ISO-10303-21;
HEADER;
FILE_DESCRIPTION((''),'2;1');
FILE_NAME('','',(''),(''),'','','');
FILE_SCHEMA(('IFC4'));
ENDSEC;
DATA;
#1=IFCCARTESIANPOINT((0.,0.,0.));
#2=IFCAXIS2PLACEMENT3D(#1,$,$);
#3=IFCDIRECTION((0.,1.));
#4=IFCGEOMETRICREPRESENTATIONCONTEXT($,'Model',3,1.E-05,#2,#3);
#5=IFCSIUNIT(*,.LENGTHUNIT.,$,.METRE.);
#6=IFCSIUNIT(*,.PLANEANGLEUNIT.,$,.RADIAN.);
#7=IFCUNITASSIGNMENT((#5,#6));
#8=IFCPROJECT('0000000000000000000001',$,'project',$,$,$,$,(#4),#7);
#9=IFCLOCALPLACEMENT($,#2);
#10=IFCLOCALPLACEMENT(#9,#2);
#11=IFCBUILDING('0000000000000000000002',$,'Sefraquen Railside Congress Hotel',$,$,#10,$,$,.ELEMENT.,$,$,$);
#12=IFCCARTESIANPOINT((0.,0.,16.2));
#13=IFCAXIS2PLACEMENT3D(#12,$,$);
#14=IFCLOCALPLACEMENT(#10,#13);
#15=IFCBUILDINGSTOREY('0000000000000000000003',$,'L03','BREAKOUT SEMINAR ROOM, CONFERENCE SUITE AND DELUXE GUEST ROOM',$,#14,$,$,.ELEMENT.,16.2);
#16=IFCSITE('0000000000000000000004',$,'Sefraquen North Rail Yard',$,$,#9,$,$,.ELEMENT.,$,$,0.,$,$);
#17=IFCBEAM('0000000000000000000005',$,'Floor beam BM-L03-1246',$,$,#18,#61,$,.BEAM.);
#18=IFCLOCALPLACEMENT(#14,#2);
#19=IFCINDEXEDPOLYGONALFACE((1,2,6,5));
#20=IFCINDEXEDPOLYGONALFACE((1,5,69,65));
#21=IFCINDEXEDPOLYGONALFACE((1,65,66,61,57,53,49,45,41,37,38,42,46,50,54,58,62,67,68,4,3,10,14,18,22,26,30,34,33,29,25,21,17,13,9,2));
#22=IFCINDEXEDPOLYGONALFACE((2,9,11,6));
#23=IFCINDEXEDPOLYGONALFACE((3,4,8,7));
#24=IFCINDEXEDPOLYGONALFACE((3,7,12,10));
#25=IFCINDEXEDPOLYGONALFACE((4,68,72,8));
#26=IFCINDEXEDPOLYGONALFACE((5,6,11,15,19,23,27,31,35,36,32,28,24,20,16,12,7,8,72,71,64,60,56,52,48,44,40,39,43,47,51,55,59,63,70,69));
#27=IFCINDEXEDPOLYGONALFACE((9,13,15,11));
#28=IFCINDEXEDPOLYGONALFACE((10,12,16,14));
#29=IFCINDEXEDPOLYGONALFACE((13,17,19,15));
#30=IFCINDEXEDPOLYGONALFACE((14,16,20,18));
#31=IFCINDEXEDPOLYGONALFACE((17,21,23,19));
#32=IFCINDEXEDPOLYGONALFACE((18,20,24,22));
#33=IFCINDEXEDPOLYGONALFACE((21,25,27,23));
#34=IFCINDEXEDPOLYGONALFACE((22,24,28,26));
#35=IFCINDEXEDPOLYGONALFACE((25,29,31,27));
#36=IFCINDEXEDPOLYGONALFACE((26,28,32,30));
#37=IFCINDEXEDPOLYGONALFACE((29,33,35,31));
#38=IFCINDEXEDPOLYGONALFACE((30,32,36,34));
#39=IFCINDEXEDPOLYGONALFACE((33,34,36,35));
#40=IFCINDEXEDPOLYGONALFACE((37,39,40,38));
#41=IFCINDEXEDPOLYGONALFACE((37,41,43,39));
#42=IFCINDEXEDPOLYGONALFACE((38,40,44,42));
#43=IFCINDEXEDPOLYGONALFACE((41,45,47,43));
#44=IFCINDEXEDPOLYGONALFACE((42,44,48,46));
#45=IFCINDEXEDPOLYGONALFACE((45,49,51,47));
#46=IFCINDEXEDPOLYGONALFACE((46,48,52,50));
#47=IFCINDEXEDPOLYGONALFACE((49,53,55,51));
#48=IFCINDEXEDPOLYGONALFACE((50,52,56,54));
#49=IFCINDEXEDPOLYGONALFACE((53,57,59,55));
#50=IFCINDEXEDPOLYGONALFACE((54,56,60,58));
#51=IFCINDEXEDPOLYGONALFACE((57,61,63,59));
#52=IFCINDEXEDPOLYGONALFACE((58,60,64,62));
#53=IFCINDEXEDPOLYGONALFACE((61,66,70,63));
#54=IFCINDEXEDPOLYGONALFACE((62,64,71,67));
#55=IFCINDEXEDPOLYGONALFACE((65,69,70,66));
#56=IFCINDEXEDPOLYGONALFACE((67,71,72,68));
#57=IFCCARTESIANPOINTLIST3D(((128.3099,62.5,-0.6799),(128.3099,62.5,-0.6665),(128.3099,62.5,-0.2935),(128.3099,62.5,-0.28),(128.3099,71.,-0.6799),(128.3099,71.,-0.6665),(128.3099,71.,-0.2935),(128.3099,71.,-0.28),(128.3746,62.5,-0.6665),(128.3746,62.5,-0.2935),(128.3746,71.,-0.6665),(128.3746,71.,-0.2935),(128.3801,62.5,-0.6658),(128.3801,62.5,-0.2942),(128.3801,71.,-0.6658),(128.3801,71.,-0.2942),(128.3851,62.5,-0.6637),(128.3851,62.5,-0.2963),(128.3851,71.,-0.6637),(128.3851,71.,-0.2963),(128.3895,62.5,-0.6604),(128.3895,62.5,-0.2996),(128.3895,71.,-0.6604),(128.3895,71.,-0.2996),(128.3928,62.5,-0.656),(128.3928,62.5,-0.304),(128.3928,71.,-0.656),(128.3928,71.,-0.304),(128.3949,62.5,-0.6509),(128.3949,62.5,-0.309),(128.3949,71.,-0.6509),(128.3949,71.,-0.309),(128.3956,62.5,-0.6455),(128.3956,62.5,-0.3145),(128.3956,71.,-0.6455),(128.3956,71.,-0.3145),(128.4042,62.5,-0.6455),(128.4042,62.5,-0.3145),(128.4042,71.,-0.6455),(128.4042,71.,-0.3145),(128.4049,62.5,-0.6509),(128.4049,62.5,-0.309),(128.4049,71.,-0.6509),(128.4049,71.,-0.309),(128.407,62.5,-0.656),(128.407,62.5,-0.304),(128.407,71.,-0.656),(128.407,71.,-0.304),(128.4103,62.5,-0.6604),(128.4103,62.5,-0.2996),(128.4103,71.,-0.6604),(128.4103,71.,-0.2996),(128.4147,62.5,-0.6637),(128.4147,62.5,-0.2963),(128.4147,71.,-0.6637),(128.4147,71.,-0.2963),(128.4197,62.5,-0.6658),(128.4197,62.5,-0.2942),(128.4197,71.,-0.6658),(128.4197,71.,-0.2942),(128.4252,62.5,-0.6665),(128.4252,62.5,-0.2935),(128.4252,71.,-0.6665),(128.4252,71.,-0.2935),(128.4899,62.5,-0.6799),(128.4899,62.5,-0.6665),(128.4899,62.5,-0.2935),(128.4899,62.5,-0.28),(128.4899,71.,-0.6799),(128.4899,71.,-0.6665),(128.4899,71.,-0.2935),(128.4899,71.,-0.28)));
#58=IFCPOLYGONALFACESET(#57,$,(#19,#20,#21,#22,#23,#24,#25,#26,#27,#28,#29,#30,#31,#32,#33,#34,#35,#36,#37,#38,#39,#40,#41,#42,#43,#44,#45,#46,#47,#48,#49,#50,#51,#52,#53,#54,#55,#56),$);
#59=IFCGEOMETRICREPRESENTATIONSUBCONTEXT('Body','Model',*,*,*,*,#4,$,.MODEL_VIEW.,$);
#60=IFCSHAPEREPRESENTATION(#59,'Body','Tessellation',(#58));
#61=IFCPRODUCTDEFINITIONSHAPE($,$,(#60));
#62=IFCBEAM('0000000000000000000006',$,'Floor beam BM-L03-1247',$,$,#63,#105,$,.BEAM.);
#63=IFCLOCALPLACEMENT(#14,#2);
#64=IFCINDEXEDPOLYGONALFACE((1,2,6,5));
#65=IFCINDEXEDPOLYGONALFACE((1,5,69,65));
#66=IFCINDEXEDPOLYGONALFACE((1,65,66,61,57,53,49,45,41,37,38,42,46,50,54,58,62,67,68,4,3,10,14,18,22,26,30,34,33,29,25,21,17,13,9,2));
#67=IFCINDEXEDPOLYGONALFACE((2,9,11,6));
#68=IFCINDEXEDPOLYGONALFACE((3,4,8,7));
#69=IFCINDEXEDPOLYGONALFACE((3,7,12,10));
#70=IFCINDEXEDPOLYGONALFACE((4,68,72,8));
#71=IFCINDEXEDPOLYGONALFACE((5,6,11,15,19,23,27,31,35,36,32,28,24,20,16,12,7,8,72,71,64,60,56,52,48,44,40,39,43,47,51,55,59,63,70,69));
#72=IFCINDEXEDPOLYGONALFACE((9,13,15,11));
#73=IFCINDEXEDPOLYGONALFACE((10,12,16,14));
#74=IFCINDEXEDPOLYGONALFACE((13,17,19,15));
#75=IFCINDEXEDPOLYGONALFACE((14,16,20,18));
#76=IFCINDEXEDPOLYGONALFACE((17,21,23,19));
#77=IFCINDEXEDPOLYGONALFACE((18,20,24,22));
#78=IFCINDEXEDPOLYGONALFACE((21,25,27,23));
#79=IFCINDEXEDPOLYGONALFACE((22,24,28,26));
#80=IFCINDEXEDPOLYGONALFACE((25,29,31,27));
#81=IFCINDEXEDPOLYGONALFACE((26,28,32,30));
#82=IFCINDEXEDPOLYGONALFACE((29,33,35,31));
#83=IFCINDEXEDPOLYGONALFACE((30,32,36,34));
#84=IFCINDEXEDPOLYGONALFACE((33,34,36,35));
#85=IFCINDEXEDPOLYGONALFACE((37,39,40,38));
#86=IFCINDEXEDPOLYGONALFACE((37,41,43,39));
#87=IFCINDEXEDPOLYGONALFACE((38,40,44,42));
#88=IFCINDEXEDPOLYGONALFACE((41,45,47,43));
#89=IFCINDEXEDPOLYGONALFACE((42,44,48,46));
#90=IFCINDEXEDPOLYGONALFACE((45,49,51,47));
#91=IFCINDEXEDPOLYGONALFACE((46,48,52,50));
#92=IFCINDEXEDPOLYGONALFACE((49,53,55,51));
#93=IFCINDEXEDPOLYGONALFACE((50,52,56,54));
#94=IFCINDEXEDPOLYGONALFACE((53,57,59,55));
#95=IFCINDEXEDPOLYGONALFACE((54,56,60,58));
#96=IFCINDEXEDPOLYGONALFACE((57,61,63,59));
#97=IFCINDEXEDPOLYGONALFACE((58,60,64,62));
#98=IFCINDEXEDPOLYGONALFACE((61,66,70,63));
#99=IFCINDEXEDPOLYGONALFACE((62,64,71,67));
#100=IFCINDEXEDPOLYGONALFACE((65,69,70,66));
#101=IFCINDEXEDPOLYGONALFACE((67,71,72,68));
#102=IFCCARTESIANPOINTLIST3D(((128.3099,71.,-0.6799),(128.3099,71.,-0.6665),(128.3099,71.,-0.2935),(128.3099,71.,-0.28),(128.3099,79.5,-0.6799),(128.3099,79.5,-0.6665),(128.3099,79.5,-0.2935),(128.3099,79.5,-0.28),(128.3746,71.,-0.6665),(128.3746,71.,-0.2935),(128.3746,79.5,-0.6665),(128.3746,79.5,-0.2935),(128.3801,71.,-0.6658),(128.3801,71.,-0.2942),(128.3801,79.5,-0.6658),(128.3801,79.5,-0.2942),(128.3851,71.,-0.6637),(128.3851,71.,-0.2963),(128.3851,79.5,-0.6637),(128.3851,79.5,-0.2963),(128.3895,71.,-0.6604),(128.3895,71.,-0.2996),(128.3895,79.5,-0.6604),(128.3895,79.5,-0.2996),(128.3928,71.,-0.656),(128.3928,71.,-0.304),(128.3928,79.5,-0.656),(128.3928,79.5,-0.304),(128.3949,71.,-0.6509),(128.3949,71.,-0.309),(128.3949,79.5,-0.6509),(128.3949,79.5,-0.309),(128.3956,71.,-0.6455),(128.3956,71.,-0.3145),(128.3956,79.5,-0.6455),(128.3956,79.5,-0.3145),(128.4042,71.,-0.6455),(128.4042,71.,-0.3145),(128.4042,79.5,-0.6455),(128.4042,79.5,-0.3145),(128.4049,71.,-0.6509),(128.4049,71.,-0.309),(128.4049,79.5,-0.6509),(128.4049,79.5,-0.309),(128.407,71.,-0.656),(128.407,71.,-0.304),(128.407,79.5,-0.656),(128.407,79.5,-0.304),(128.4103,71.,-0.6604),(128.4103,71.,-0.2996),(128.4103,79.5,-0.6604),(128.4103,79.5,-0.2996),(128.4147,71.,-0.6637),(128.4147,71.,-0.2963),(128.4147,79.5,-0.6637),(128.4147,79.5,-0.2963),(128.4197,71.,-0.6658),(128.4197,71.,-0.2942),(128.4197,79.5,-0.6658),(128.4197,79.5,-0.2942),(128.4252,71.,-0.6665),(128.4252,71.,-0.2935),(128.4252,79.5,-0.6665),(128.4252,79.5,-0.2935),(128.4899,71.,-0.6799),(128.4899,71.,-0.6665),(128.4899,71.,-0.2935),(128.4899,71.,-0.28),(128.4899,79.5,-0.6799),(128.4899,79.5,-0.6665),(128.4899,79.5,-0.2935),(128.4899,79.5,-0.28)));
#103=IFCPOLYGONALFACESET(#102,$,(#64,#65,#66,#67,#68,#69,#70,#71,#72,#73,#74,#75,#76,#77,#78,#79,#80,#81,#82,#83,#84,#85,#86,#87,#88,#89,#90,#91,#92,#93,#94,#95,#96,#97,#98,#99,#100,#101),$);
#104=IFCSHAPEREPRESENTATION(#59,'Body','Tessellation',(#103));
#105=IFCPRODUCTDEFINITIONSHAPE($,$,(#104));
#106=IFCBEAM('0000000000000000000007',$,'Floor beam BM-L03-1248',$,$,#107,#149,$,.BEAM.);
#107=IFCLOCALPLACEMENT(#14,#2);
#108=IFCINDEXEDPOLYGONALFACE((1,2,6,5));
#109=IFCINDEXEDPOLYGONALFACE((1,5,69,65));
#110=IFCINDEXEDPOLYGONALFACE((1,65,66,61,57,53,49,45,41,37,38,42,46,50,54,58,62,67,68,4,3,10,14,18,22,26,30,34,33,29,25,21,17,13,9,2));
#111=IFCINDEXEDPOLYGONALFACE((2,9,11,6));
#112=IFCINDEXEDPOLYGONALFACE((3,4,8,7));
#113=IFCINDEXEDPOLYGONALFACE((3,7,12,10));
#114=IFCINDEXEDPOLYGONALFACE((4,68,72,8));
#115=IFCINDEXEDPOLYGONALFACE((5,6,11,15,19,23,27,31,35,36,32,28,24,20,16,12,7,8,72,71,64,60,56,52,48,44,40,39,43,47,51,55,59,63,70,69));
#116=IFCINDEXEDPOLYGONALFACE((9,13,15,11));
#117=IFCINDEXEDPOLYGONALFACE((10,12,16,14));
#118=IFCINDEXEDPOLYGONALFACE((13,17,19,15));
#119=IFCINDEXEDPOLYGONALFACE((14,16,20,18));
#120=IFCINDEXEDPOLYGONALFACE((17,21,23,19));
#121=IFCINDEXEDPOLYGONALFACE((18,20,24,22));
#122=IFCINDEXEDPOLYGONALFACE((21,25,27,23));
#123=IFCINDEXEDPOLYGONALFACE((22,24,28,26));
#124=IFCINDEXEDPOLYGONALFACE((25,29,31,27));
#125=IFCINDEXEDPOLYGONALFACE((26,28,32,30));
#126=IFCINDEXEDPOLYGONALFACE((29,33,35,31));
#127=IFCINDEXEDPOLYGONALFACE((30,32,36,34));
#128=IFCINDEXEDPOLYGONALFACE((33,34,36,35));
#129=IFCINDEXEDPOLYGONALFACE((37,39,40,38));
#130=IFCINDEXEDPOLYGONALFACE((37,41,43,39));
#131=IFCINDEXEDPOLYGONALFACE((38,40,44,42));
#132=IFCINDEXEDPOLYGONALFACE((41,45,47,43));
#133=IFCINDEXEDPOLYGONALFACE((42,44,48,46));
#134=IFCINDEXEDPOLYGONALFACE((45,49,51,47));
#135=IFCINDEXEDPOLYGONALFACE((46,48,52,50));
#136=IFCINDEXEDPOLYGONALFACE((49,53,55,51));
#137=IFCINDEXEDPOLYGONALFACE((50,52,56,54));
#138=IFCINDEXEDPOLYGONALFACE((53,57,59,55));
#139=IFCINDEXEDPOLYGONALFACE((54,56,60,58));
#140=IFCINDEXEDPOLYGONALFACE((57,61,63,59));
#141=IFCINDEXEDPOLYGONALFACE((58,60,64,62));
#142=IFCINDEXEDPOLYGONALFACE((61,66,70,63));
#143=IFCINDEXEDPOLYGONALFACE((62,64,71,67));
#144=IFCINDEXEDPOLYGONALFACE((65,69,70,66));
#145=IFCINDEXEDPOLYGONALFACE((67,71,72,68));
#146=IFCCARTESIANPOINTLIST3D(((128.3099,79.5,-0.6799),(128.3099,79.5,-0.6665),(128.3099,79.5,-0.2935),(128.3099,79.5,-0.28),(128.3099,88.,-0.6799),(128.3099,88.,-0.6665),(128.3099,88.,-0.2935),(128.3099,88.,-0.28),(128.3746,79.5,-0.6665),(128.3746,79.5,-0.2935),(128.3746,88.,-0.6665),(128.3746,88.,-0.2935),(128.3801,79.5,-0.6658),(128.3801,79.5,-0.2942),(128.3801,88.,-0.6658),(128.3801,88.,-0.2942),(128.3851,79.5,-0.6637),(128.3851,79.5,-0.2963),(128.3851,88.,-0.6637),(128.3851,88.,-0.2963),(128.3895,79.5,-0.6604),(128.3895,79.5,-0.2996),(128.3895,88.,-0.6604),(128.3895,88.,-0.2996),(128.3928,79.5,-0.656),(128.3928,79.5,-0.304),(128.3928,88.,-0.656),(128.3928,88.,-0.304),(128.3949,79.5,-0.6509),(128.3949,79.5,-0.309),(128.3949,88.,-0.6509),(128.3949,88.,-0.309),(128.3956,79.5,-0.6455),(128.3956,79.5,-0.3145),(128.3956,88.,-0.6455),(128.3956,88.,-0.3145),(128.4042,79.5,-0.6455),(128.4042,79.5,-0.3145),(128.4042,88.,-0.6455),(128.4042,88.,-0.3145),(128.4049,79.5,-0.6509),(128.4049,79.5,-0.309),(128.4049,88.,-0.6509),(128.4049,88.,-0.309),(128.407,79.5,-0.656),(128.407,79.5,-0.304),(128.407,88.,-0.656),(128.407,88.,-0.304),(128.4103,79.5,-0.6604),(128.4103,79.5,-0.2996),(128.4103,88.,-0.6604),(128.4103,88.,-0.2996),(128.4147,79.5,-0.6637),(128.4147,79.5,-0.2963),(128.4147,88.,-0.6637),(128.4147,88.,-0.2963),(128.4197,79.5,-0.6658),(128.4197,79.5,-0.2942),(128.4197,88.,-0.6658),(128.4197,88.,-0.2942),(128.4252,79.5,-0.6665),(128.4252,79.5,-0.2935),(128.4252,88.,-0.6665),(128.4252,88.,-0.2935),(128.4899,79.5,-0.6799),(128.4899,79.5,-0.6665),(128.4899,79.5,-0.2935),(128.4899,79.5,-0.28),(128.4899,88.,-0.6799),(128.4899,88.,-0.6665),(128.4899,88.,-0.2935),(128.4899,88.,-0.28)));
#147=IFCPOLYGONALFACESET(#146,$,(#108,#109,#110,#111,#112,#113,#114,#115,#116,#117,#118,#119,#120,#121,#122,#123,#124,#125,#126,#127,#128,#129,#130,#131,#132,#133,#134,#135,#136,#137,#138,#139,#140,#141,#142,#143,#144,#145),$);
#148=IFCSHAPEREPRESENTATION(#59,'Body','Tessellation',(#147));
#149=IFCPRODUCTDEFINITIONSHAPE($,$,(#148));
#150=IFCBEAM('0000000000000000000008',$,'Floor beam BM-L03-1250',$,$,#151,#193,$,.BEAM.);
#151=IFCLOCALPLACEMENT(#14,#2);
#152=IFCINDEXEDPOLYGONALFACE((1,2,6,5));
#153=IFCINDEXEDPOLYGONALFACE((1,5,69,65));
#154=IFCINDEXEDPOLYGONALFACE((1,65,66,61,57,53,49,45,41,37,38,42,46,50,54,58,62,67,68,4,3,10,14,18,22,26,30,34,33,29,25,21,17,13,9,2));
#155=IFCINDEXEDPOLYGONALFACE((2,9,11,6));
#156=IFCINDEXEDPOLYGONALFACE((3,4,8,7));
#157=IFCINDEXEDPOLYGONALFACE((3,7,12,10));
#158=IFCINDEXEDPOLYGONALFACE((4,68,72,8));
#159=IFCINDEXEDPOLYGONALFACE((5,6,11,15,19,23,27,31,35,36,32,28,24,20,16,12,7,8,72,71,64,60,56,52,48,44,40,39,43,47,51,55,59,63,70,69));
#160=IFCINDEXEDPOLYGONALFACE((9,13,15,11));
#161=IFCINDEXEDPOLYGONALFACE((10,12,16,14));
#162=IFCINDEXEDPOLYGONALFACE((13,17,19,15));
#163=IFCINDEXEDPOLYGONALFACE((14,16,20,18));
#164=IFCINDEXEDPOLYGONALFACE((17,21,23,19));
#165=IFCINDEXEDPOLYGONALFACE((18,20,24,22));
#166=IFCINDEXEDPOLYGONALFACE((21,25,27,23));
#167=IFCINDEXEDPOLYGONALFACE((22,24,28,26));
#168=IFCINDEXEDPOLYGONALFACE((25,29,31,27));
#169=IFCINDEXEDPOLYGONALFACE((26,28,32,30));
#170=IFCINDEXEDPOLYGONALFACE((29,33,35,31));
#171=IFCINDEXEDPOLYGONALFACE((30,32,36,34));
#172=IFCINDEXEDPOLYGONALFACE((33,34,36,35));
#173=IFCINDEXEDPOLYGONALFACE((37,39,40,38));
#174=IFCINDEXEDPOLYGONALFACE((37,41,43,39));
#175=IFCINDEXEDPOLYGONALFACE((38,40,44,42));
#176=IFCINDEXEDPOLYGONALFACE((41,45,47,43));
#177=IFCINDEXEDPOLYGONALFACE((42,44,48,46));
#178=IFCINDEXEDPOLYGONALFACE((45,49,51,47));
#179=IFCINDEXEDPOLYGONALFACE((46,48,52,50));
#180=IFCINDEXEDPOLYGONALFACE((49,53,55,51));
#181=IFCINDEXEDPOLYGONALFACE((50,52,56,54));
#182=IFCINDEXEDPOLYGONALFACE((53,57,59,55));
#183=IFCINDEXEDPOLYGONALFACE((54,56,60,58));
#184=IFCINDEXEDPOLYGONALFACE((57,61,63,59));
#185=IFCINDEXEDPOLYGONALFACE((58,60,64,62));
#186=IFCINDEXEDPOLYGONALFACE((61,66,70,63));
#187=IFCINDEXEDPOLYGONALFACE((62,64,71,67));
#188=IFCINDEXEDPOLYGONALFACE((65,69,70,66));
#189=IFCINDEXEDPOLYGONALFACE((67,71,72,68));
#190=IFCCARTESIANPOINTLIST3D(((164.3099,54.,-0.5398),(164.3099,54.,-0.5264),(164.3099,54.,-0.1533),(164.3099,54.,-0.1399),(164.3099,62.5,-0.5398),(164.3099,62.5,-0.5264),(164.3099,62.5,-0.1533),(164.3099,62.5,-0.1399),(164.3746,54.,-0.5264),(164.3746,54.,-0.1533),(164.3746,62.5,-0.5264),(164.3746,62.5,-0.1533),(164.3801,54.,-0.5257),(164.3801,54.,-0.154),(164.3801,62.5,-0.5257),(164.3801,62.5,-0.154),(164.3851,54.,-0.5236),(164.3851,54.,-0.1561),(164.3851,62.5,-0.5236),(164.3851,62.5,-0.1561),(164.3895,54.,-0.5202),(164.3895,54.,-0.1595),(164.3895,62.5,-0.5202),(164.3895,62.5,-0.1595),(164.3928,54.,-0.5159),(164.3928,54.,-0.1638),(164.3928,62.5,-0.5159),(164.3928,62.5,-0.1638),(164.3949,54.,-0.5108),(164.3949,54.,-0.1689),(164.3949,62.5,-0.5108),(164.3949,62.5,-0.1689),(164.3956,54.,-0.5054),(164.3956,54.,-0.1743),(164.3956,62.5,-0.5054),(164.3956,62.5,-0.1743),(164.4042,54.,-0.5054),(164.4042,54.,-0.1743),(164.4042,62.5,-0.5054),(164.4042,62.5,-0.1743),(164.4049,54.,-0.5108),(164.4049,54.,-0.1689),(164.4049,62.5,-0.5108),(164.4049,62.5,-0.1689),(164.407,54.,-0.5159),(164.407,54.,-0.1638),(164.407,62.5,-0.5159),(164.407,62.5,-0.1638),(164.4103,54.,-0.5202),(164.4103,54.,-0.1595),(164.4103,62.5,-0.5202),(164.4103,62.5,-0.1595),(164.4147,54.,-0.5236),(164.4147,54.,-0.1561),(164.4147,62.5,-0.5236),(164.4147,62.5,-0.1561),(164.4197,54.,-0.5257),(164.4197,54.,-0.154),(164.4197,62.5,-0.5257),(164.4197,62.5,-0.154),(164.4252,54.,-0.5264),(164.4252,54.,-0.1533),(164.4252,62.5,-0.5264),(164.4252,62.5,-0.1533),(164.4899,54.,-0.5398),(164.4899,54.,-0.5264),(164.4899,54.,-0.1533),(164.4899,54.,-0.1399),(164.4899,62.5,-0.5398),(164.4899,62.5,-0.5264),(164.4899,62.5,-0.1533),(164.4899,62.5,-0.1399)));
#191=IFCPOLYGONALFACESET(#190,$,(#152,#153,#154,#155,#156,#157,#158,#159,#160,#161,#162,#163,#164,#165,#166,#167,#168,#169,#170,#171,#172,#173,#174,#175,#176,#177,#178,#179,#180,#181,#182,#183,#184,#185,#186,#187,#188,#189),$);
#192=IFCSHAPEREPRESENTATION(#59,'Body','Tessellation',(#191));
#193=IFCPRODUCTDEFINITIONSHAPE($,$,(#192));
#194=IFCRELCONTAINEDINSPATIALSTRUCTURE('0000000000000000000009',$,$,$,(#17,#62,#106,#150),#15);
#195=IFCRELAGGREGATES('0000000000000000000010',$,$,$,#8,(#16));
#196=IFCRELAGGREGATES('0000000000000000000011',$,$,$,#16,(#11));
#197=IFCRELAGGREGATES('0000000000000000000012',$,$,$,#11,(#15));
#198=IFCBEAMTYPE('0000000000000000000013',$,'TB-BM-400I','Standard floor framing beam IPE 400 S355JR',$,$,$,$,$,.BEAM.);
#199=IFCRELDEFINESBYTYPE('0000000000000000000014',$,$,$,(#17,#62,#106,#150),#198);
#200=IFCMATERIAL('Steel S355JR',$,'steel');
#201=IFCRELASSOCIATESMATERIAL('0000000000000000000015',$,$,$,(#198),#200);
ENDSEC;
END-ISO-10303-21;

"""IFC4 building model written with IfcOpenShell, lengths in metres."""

from ifc_helpers import new_model, si_unit, direction, frame, origin, origin_2d, place, context, subcontext, project, spatial, i_section, extrude, material, material_profile, profile_set, type_object, element, save


model = new_model("IFC4")

# Units and contexts
model_context = context("Model", 3, precision=1e-05, world=origin(), true_north=direction((0.0, 1.0)))
body_context = subcontext(model_context, "Body", "Model", "MODEL_VIEW")
ifc_project = project(units=[si_unit("LENGTHUNIT", "METRE"), si_unit("PLANEANGLEUNIT", "RADIAN")], contexts=[model_context])

# Site, building, storey
site_placement = place(None, origin())
site = spatial("IfcSite", under=ifc_project, at=site_placement, Name="Sefraquen North Rail Yard", CompositionType="ELEMENT", RefElevation=0.0)
building_placement = place(site_placement, origin())
building = spatial("IfcBuilding", under=site, at=building_placement, Name="Sefraquen Railside Congress Hotel", CompositionType="ELEMENT")
storey_placement = place(building_placement, frame((0.0, 0.0, 16.2)))
storey = spatial("IfcBuildingStorey", under=building, at=storey_placement, Name="L03", Description="BREAKOUT SEMINAR ROOM, CONFERENCE SUITE AND DELUXE GUEST ROOM", CompositionType="ELEMENT", Elevation=16.2)

# Shared definitions
ifc_material_1 = material(Name="Steel S355JR", Category="steel")

# Beams
ifc_material_profile_1 = material_profile(ifc_material_1, i_section(OverallWidth=0.1799, OverallDepth=0.3999, WebThickness=0.0085, FlangeThickness=0.0134, FilletRadius=0.021, at=origin_2d()), Name="IPE 400")
ifc_profile_set_1 = profile_set([ifc_material_profile_1], Name="Steel S355JR")
beam_type_1 = type_object("IfcBeamType", Name="TB-BM-400I", Description="Standard floor framing beam IPE 400 S355JR", PredefinedType="BEAM", material=ifc_profile_set_1)
for number, where, z_axis, x_axis, name in (
    (1, (128.3999, 62.5, -0.48), (0.0, 1.0, 0.0), (-1.0, 0.0, 0.0), "Floor beam BM-L03-1246"),
    (2, (128.3999, 71.0, -0.48), (0.0, 1.0, 0.0), (-1.0, 0.0, 0.0), "Floor beam BM-L03-1247"),
    (3, (128.3999, 79.5, -0.48), (0.0, 1.0, 0.0), (-1.0, 0.0, 0.0), "Floor beam BM-L03-1248"),
    (4, (164.3999, 54.0, -0.3398), (0.0, 1.0, 0.0), (-1.0, 0.0, 0.0), "Floor beam BM-L03-1250"),
):
    element("IfcBeam", number, at=place(storey_placement, frame(where, z_axis=z_axis, x_axis=x_axis)), inside=storey, type_object=beam_type_1, Name=name, PredefinedType="BEAM", context=body_context, shape_type="SweptSolid", body=[
        extrude(i_section(OverallWidth=0.1799, OverallDepth=0.3999, WebThickness=0.0085, FlangeThickness=0.0134, FilletRadius=0.021, at=origin_2d()), origin(), (0.0, 0.0, 1.0), 8.5),
    ])

save(model, "model.ifc")
